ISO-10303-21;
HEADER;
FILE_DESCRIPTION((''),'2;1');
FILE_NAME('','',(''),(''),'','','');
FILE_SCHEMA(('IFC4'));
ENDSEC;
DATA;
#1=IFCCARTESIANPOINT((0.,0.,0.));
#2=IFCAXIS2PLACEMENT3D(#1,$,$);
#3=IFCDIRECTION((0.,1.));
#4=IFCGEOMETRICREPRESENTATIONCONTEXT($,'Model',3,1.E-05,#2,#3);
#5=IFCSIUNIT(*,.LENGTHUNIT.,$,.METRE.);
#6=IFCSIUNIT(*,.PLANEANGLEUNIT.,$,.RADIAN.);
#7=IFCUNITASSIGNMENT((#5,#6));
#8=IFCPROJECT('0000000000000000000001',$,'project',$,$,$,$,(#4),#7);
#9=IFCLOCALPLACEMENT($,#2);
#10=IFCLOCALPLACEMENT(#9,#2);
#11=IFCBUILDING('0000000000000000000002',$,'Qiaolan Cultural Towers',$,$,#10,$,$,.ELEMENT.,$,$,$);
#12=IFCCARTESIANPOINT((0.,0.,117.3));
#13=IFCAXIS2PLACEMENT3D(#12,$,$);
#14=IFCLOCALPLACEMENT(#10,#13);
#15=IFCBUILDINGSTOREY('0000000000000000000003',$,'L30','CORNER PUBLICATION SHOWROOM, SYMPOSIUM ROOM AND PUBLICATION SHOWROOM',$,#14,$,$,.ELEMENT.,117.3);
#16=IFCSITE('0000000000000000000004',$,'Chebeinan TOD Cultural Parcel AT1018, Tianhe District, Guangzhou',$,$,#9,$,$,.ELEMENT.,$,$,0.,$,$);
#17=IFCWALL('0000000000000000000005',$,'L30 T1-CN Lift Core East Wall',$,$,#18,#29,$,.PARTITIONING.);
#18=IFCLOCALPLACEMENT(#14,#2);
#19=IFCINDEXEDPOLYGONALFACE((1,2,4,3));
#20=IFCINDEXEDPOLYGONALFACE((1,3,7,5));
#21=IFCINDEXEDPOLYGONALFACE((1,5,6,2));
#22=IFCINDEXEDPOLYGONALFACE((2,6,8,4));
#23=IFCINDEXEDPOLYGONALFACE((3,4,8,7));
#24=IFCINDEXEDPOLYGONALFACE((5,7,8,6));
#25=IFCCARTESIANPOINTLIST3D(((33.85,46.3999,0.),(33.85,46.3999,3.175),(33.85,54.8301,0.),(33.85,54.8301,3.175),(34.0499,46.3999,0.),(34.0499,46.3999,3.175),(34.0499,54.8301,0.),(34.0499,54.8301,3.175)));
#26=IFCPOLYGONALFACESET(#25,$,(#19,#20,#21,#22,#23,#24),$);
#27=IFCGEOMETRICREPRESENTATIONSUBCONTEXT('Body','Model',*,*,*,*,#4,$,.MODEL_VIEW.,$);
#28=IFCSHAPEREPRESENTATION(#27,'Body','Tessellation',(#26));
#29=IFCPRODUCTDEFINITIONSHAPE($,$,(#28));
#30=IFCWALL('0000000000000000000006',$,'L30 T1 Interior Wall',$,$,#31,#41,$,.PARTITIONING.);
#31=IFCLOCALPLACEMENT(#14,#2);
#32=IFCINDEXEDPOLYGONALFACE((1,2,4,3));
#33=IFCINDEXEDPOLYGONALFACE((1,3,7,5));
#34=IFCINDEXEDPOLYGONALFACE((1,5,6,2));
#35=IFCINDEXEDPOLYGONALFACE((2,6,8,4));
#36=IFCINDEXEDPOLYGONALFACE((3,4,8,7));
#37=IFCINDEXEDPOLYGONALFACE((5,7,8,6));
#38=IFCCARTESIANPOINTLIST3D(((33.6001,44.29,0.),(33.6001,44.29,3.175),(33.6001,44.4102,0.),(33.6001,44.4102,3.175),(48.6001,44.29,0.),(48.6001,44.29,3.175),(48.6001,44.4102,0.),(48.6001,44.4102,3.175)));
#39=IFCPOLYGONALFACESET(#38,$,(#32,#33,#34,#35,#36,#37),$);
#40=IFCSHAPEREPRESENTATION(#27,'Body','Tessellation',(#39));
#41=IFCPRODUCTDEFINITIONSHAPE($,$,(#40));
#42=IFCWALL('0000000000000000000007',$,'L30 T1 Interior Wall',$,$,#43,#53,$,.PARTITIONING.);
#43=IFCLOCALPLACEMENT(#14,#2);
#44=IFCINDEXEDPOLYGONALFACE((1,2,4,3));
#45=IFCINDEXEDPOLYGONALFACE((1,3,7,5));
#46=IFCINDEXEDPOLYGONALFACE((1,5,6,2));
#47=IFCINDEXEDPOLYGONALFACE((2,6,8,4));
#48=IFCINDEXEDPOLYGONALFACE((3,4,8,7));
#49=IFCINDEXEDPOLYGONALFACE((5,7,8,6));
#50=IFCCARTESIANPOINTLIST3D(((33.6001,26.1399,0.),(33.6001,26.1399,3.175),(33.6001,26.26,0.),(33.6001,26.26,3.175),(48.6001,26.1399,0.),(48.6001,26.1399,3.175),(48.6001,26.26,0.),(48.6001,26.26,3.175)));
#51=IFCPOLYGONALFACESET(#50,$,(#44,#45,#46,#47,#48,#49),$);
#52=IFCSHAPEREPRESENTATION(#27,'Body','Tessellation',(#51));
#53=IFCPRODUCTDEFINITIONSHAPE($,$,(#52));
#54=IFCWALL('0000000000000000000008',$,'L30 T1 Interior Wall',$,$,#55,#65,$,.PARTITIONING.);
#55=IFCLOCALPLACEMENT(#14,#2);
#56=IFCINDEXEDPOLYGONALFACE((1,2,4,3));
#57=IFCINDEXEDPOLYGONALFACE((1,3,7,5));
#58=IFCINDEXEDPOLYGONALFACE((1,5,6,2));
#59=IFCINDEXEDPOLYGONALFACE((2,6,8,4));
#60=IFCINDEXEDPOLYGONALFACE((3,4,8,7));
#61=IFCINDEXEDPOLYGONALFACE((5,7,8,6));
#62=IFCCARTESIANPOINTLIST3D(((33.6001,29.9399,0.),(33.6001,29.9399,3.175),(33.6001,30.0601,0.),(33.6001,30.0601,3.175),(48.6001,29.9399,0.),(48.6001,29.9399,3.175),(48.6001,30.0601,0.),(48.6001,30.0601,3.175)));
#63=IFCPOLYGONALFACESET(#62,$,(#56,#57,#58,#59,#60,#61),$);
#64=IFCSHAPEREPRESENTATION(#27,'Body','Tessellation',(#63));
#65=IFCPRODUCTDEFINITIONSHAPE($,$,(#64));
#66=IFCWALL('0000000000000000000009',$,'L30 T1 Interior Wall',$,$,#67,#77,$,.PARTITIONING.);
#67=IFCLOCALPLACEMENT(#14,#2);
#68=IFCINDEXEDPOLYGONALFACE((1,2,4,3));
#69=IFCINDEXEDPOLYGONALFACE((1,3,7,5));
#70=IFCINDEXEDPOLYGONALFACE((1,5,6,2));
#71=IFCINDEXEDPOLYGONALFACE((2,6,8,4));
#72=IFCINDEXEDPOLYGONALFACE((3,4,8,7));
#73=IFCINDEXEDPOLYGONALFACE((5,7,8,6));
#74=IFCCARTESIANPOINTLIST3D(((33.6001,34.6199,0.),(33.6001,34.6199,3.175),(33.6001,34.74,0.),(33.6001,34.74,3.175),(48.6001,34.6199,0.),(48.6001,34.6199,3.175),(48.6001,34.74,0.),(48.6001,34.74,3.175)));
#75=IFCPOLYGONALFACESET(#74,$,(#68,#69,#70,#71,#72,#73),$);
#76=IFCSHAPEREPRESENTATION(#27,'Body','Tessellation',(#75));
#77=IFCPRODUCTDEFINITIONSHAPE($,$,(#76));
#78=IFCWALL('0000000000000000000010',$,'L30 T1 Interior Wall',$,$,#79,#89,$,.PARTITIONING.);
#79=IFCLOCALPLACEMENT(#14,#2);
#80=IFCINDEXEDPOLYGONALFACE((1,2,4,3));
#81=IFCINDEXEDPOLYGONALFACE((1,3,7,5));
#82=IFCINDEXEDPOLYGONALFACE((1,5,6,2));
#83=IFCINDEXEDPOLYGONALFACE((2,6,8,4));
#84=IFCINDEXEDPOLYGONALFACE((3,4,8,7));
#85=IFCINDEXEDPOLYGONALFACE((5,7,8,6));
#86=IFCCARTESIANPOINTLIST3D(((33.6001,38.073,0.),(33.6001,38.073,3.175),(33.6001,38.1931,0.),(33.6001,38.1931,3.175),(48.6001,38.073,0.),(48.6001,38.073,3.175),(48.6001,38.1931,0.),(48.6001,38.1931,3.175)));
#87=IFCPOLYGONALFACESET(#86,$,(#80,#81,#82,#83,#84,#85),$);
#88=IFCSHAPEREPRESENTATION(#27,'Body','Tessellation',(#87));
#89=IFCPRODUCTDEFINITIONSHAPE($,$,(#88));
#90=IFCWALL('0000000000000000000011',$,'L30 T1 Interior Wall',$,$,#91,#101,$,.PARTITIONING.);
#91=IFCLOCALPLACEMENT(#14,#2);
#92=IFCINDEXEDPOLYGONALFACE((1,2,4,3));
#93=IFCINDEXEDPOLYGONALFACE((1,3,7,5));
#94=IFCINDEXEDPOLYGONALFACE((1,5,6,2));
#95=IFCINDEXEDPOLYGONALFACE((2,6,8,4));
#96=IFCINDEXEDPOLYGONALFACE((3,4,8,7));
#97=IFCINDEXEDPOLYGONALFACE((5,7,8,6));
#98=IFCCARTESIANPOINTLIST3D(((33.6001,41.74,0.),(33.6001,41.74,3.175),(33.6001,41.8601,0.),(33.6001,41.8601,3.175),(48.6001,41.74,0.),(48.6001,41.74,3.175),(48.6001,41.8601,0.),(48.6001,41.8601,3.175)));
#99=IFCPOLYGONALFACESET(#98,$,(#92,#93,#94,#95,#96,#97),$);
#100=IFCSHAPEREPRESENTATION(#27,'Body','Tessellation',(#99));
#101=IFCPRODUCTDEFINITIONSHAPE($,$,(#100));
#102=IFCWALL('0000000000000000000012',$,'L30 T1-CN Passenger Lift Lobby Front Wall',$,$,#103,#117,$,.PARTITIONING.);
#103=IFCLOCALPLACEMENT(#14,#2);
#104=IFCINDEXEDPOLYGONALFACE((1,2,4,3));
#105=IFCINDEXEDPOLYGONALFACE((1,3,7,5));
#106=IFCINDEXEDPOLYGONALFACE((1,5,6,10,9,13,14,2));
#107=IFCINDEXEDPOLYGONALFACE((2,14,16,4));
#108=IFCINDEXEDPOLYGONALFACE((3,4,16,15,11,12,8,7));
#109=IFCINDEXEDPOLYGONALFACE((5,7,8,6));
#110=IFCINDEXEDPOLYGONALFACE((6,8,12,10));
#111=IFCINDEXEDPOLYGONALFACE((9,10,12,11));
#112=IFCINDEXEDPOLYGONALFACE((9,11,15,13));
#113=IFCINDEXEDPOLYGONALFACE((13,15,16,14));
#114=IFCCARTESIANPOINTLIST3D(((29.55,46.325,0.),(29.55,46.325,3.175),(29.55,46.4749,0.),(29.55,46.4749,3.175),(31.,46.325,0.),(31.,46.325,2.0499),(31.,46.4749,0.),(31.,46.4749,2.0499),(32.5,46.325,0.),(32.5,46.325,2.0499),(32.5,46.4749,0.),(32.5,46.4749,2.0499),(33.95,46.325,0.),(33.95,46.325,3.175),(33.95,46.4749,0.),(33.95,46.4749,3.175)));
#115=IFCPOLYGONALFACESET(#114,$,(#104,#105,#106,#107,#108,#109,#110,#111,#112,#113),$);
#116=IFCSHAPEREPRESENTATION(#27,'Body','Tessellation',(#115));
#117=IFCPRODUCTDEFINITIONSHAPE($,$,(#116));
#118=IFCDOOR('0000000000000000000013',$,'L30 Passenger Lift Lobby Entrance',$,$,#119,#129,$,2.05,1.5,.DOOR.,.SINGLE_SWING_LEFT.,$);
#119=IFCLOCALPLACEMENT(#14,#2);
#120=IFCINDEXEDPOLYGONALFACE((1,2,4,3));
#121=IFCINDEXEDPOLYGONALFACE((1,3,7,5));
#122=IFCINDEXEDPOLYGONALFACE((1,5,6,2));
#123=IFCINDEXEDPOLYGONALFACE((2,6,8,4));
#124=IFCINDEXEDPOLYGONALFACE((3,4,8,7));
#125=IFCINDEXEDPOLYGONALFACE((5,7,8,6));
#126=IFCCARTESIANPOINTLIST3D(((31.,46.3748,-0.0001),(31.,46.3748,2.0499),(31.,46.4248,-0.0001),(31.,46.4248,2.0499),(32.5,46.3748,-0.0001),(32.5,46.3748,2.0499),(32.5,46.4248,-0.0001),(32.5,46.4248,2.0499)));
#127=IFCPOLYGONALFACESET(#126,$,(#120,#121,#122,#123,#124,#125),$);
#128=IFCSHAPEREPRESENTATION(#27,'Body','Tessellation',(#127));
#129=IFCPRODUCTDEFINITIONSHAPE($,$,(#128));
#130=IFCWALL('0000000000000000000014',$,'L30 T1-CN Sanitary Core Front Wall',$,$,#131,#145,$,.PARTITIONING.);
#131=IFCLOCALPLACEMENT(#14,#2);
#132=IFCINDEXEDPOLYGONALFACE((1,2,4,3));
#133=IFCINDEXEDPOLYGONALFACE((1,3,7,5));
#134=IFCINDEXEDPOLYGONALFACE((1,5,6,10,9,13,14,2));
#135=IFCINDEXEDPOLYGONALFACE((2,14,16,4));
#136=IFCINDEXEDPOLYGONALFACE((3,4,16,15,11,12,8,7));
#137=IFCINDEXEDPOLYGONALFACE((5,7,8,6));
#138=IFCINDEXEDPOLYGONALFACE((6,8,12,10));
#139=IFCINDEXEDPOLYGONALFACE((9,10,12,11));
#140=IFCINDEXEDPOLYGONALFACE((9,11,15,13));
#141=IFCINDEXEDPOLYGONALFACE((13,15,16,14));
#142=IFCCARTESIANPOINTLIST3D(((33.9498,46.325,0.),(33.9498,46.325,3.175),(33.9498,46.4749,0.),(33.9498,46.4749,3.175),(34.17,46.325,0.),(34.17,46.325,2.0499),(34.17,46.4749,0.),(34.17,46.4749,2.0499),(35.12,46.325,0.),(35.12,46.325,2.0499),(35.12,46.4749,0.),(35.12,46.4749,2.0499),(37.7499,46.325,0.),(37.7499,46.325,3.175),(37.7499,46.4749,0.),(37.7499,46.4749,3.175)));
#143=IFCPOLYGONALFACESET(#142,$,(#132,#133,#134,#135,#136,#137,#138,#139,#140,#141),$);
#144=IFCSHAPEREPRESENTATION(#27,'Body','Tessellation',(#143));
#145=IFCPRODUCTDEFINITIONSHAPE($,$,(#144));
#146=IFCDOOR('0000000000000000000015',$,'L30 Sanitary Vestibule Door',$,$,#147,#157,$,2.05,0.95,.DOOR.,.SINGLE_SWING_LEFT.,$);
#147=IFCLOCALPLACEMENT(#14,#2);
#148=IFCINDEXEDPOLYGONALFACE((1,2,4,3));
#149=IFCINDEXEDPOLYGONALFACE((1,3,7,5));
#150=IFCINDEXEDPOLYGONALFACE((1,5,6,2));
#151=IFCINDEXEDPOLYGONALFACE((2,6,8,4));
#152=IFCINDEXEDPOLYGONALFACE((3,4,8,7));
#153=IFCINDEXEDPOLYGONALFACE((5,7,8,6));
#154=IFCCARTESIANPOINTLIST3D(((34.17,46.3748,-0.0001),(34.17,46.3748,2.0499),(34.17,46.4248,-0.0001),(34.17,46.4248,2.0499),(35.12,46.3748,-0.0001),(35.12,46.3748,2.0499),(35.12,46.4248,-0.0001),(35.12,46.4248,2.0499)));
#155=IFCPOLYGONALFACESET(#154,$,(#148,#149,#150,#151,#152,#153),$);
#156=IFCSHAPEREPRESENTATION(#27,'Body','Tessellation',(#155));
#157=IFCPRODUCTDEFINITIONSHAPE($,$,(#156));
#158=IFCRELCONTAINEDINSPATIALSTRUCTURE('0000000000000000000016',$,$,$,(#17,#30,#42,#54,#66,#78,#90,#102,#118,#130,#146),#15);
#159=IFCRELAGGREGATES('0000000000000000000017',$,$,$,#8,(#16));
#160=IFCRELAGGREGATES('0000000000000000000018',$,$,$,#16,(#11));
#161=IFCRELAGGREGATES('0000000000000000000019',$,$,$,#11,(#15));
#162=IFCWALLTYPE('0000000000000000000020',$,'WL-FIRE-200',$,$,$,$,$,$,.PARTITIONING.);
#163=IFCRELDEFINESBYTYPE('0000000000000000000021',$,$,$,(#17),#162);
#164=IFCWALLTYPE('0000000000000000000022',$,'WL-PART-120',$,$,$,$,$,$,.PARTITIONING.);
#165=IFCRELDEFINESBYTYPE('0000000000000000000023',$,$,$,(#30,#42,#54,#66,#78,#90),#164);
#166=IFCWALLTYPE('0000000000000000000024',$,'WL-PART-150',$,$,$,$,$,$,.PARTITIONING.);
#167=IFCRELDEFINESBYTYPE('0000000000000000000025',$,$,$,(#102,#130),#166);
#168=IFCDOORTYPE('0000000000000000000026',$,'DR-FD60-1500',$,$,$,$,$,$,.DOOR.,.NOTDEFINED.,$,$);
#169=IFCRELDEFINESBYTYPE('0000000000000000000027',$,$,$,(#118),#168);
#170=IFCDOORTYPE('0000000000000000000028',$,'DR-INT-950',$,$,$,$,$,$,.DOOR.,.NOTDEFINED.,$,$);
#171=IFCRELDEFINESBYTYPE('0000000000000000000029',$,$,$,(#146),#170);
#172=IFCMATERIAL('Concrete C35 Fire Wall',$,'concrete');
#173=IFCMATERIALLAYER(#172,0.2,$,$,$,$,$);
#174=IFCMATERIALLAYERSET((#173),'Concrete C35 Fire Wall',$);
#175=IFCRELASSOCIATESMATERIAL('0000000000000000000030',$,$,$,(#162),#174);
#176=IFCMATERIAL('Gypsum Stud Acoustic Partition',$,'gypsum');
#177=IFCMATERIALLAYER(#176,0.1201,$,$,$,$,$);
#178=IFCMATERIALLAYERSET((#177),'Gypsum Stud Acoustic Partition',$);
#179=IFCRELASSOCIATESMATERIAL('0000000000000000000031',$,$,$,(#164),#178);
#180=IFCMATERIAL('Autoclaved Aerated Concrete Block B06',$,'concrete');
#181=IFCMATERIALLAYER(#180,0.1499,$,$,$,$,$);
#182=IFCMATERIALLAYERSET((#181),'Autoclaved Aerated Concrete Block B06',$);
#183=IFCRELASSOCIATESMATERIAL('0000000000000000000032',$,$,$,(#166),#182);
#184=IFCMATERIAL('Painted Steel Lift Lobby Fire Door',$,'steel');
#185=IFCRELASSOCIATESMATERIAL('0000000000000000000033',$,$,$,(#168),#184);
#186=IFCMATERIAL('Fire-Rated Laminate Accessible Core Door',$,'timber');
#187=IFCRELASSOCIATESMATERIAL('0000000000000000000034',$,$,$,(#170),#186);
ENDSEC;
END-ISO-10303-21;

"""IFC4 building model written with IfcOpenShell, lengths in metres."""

from ifc_helpers import new_model, si_unit, direction, frame, frame_2d, origin, place, context, subcontext, project, spatial, rectangle, extrude, material, layer, layer_set, type_object, element, fill, save


model = new_model("IFC4")

# Units and contexts
model_context = context("Model", 3, precision=1e-05, world=origin(), true_north=direction((0.0, 1.0)))
body_context = subcontext(model_context, "Body", "Model", "MODEL_VIEW")
ifc_project = project(units=[si_unit("LENGTHUNIT", "METRE"), si_unit("PLANEANGLEUNIT", "RADIAN")], contexts=[model_context])

# Site, building, storey
site_placement = place(None, origin())
site = spatial("IfcSite", under=ifc_project, at=site_placement, Name="Chebeinan TOD Cultural Parcel AT1018, Tianhe District, Guangzhou", CompositionType="ELEMENT", RefElevation=0.0)
building_placement = place(site_placement, origin())
building = spatial("IfcBuilding", under=site, at=building_placement, Name="Qiaolan Cultural Towers", CompositionType="ELEMENT")
storey_placement = place(building_placement, frame((0.0, 0.0, 117.3)))
storey = spatial("IfcBuildingStorey", under=building, at=storey_placement, Name="L30", Description="CORNER PUBLICATION SHOWROOM, SYMPOSIUM ROOM AND PUBLICATION SHOWROOM", CompositionType="ELEMENT", Elevation=117.3)

# Shared definitions
ifc_material_1 = material(Name="Concrete C35 Fire Wall", Category="concrete")
ifc_layer_1 = layer(ifc_material_1, 0.2)
ifc_layer_set_1 = layer_set([ifc_layer_1], Name="Concrete C35 Fire Wall")
wall_type_1 = type_object("IfcWallType", Name="WL-FIRE-200", PredefinedType="PARTITIONING", material=ifc_layer_set_1)

# Walls
wall_1_placement = place(storey_placement, frame((33.95, 46.3999, 0.0), z_axis=(0.0, 0.0, 1.0), x_axis=(0.0, 1.0, 0.0)))
element("IfcWall", 1, at=wall_1_placement, inside=storey, type_object=wall_type_1, Name="L30 T1-CN Lift Core East Wall", PredefinedType="PARTITIONING", context=body_context, shape_type="SweptSolid", body=[
    extrude(rectangle(XDim=8.4302, YDim=0.2, at=frame_2d((4.2151, 0.0))), origin(), (0.0, 0.0, 1.0), 3.175),
])
ifc_material_2 = material(Name="Gypsum Stud Acoustic Partition", Category="gypsum")
ifc_layer_2 = layer(ifc_material_2, 0.1201)
ifc_layer_set_2 = layer_set([ifc_layer_2], Name="Gypsum Stud Acoustic Partition")
wall_type_2 = type_object("IfcWallType", Name="WL-PART-120", PredefinedType="PARTITIONING", material=ifc_layer_set_2)
for number, where, z_axis, x_axis, name in (
    (2, (33.6001, 44.3501, 0.0), (0.0, 0.0, 1.0), (1.0, 0.0, 0.0), "L30 T1 Interior Wall"),
    (3, (33.6001, 26.2, 0.0), (0.0, 0.0, 1.0), (1.0, 0.0, 0.0), "L30 T1 Interior Wall"),
    (4, (33.6001, 30.0, 0.0), (0.0, 0.0, 1.0), (1.0, 0.0, 0.0), "L30 T1 Interior Wall"),
    (5, (33.6001, 34.6799, 0.0), (0.0, 0.0, 1.0), (1.0, 0.0, 0.0), "L30 T1 Interior Wall"),
    (6, (33.6001, 38.1331, 0.0), (0.0, 0.0, 1.0), (1.0, 0.0, 0.0), "L30 T1 Interior Wall"),
    (7, (33.6001, 41.8, 0.0), (0.0, 0.0, 1.0), (1.0, 0.0, 0.0), "L30 T1 Interior Wall"),
):
    element("IfcWall", number, at=place(storey_placement, frame(where, z_axis=z_axis, x_axis=x_axis)), inside=storey, type_object=wall_type_2, Name=name, PredefinedType="PARTITIONING", context=body_context, shape_type="SweptSolid", body=[
        extrude(rectangle(XDim=15.0, YDim=0.1201, at=frame_2d((7.5, 0.0))), origin(), (0.0, 0.0, 1.0), 3.175),
    ])

# Walls, openings, doors
ifc_material_3 = material(Name="Autoclaved Aerated Concrete Block B06", Category="concrete")
ifc_layer_3 = layer(ifc_material_3, 0.1499)
ifc_layer_set_3 = layer_set([ifc_layer_3], Name="Autoclaved Aerated Concrete Block B06")
wall_type_3 = type_object("IfcWallType", Name="WL-PART-150", PredefinedType="PARTITIONING", material=ifc_layer_set_3)
wall_2_placement = place(storey_placement, frame((29.55, 46.3999, 0.0), z_axis=(0.0, 0.0, 1.0), x_axis=(1.0, 0.0, 0.0)))
wall_2 = element("IfcWall", 8, at=wall_2_placement, inside=storey, type_object=wall_type_3, Name="L30 T1-CN Passenger Lift Lobby Front Wall", PredefinedType="PARTITIONING", context=body_context, shape_type="SweptSolid", body=[
    extrude(rectangle(XDim=4.3999, YDim=0.1499, at=frame_2d((2.2, 0.0))), origin(), (0.0, 0.0, 1.0), 3.175),
])
opening_1_placement = place(wall_2_placement, frame((1.45, 0.0, 0.0)))
opening_1 = element("IfcOpeningElement", 9, at=opening_1_placement, cuts=wall_2, PredefinedType="OPENING", context=body_context, shape_type="SweptSolid", body=[
    extrude(rectangle(XDim=1.5, YDim=2.05, at=frame_2d((0.75, 1.0249))), frame((0.0, 0.085, 0.0), z_axis=(0.0, -1.0, 0.0), x_axis=(1.0, 0.0, 0.0)), (0.0, 0.0, 1.0), 0.1699),
])
ifc_material_4 = material(Name="Painted Steel Lift Lobby Fire Door", Category="steel")
door_type_1 = type_object("IfcDoorType", Name="DR-FD60-1500", OperationType="NOTDEFINED", PredefinedType="DOOR", material=ifc_material_4)
door_1_placement = place(opening_1_placement, origin())
door_1 = element("IfcDoor", 10, at=door_1_placement, inside=storey, type_object=door_type_1, Name="L30 Passenger Lift Lobby Entrance", OperationType="SINGLE_SWING_LEFT", OverallHeight=2.05, OverallWidth=1.5, PredefinedType="DOOR", context=body_context, shape_type="SweptSolid", body=[
    extrude(rectangle(XDim=1.5, YDim=2.05, at=frame_2d((0.75, 1.0249))), frame((0.0, 0.0249, 0.0), z_axis=(0.0, -1.0, 0.0), x_axis=(1.0, 0.0, 0.0)), (0.0, 0.0, 1.0), 0.05),
])
fill(opening_1, door_1)
wall_3_placement = place(storey_placement, frame((33.95, 46.3999, 0.0), z_axis=(0.0, 0.0, 1.0), x_axis=(1.0, 0.0, 0.0)))
wall_3 = element("IfcWall", 11, at=wall_3_placement, inside=storey, type_object=wall_type_3, Name="L30 T1-CN Sanitary Core Front Wall", PredefinedType="PARTITIONING", context=body_context, shape_type="SweptSolid", body=[
    extrude(rectangle(XDim=3.8, YDim=0.1499, at=frame_2d((1.8999, 0.0))), origin(), (0.0, 0.0, 1.0), 3.175),
])
opening_2_placement = place(wall_3_placement, frame((0.22, 0.0, 0.0)))
opening_2 = element("IfcOpeningElement", 12, at=opening_2_placement, cuts=wall_3, PredefinedType="OPENING", context=body_context, shape_type="SweptSolid", body=[
    extrude(rectangle(XDim=0.95, YDim=2.05, at=frame_2d((0.4751, 1.0249))), frame((0.0, 0.085, 0.0), z_axis=(0.0, -1.0, 0.0), x_axis=(1.0, 0.0, 0.0)), (0.0, 0.0, 1.0), 0.1699),
])
ifc_material_5 = material(Name="Fire-Rated Laminate Accessible Core Door", Category="timber")
door_type_2 = type_object("IfcDoorType", Name="DR-INT-950", OperationType="NOTDEFINED", PredefinedType="DOOR", material=ifc_material_5)
door_2_placement = place(opening_2_placement, origin())
door_2 = element("IfcDoor", 13, at=door_2_placement, inside=storey, type_object=door_type_2, Name="L30 Sanitary Vestibule Door", OperationType="SINGLE_SWING_LEFT", OverallHeight=2.05, OverallWidth=0.95, PredefinedType="DOOR", context=body_context, shape_type="SweptSolid", body=[
    extrude(rectangle(XDim=0.95, YDim=2.05, at=frame_2d((0.4751, 1.0249))), frame((0.0, 0.0249, 0.0), z_axis=(0.0, -1.0, 0.0), x_axis=(1.0, 0.0, 0.0)), (0.0, 0.0, 1.0), 0.05),
])
fill(opening_2, door_2)

save(model, "model.ifc")
